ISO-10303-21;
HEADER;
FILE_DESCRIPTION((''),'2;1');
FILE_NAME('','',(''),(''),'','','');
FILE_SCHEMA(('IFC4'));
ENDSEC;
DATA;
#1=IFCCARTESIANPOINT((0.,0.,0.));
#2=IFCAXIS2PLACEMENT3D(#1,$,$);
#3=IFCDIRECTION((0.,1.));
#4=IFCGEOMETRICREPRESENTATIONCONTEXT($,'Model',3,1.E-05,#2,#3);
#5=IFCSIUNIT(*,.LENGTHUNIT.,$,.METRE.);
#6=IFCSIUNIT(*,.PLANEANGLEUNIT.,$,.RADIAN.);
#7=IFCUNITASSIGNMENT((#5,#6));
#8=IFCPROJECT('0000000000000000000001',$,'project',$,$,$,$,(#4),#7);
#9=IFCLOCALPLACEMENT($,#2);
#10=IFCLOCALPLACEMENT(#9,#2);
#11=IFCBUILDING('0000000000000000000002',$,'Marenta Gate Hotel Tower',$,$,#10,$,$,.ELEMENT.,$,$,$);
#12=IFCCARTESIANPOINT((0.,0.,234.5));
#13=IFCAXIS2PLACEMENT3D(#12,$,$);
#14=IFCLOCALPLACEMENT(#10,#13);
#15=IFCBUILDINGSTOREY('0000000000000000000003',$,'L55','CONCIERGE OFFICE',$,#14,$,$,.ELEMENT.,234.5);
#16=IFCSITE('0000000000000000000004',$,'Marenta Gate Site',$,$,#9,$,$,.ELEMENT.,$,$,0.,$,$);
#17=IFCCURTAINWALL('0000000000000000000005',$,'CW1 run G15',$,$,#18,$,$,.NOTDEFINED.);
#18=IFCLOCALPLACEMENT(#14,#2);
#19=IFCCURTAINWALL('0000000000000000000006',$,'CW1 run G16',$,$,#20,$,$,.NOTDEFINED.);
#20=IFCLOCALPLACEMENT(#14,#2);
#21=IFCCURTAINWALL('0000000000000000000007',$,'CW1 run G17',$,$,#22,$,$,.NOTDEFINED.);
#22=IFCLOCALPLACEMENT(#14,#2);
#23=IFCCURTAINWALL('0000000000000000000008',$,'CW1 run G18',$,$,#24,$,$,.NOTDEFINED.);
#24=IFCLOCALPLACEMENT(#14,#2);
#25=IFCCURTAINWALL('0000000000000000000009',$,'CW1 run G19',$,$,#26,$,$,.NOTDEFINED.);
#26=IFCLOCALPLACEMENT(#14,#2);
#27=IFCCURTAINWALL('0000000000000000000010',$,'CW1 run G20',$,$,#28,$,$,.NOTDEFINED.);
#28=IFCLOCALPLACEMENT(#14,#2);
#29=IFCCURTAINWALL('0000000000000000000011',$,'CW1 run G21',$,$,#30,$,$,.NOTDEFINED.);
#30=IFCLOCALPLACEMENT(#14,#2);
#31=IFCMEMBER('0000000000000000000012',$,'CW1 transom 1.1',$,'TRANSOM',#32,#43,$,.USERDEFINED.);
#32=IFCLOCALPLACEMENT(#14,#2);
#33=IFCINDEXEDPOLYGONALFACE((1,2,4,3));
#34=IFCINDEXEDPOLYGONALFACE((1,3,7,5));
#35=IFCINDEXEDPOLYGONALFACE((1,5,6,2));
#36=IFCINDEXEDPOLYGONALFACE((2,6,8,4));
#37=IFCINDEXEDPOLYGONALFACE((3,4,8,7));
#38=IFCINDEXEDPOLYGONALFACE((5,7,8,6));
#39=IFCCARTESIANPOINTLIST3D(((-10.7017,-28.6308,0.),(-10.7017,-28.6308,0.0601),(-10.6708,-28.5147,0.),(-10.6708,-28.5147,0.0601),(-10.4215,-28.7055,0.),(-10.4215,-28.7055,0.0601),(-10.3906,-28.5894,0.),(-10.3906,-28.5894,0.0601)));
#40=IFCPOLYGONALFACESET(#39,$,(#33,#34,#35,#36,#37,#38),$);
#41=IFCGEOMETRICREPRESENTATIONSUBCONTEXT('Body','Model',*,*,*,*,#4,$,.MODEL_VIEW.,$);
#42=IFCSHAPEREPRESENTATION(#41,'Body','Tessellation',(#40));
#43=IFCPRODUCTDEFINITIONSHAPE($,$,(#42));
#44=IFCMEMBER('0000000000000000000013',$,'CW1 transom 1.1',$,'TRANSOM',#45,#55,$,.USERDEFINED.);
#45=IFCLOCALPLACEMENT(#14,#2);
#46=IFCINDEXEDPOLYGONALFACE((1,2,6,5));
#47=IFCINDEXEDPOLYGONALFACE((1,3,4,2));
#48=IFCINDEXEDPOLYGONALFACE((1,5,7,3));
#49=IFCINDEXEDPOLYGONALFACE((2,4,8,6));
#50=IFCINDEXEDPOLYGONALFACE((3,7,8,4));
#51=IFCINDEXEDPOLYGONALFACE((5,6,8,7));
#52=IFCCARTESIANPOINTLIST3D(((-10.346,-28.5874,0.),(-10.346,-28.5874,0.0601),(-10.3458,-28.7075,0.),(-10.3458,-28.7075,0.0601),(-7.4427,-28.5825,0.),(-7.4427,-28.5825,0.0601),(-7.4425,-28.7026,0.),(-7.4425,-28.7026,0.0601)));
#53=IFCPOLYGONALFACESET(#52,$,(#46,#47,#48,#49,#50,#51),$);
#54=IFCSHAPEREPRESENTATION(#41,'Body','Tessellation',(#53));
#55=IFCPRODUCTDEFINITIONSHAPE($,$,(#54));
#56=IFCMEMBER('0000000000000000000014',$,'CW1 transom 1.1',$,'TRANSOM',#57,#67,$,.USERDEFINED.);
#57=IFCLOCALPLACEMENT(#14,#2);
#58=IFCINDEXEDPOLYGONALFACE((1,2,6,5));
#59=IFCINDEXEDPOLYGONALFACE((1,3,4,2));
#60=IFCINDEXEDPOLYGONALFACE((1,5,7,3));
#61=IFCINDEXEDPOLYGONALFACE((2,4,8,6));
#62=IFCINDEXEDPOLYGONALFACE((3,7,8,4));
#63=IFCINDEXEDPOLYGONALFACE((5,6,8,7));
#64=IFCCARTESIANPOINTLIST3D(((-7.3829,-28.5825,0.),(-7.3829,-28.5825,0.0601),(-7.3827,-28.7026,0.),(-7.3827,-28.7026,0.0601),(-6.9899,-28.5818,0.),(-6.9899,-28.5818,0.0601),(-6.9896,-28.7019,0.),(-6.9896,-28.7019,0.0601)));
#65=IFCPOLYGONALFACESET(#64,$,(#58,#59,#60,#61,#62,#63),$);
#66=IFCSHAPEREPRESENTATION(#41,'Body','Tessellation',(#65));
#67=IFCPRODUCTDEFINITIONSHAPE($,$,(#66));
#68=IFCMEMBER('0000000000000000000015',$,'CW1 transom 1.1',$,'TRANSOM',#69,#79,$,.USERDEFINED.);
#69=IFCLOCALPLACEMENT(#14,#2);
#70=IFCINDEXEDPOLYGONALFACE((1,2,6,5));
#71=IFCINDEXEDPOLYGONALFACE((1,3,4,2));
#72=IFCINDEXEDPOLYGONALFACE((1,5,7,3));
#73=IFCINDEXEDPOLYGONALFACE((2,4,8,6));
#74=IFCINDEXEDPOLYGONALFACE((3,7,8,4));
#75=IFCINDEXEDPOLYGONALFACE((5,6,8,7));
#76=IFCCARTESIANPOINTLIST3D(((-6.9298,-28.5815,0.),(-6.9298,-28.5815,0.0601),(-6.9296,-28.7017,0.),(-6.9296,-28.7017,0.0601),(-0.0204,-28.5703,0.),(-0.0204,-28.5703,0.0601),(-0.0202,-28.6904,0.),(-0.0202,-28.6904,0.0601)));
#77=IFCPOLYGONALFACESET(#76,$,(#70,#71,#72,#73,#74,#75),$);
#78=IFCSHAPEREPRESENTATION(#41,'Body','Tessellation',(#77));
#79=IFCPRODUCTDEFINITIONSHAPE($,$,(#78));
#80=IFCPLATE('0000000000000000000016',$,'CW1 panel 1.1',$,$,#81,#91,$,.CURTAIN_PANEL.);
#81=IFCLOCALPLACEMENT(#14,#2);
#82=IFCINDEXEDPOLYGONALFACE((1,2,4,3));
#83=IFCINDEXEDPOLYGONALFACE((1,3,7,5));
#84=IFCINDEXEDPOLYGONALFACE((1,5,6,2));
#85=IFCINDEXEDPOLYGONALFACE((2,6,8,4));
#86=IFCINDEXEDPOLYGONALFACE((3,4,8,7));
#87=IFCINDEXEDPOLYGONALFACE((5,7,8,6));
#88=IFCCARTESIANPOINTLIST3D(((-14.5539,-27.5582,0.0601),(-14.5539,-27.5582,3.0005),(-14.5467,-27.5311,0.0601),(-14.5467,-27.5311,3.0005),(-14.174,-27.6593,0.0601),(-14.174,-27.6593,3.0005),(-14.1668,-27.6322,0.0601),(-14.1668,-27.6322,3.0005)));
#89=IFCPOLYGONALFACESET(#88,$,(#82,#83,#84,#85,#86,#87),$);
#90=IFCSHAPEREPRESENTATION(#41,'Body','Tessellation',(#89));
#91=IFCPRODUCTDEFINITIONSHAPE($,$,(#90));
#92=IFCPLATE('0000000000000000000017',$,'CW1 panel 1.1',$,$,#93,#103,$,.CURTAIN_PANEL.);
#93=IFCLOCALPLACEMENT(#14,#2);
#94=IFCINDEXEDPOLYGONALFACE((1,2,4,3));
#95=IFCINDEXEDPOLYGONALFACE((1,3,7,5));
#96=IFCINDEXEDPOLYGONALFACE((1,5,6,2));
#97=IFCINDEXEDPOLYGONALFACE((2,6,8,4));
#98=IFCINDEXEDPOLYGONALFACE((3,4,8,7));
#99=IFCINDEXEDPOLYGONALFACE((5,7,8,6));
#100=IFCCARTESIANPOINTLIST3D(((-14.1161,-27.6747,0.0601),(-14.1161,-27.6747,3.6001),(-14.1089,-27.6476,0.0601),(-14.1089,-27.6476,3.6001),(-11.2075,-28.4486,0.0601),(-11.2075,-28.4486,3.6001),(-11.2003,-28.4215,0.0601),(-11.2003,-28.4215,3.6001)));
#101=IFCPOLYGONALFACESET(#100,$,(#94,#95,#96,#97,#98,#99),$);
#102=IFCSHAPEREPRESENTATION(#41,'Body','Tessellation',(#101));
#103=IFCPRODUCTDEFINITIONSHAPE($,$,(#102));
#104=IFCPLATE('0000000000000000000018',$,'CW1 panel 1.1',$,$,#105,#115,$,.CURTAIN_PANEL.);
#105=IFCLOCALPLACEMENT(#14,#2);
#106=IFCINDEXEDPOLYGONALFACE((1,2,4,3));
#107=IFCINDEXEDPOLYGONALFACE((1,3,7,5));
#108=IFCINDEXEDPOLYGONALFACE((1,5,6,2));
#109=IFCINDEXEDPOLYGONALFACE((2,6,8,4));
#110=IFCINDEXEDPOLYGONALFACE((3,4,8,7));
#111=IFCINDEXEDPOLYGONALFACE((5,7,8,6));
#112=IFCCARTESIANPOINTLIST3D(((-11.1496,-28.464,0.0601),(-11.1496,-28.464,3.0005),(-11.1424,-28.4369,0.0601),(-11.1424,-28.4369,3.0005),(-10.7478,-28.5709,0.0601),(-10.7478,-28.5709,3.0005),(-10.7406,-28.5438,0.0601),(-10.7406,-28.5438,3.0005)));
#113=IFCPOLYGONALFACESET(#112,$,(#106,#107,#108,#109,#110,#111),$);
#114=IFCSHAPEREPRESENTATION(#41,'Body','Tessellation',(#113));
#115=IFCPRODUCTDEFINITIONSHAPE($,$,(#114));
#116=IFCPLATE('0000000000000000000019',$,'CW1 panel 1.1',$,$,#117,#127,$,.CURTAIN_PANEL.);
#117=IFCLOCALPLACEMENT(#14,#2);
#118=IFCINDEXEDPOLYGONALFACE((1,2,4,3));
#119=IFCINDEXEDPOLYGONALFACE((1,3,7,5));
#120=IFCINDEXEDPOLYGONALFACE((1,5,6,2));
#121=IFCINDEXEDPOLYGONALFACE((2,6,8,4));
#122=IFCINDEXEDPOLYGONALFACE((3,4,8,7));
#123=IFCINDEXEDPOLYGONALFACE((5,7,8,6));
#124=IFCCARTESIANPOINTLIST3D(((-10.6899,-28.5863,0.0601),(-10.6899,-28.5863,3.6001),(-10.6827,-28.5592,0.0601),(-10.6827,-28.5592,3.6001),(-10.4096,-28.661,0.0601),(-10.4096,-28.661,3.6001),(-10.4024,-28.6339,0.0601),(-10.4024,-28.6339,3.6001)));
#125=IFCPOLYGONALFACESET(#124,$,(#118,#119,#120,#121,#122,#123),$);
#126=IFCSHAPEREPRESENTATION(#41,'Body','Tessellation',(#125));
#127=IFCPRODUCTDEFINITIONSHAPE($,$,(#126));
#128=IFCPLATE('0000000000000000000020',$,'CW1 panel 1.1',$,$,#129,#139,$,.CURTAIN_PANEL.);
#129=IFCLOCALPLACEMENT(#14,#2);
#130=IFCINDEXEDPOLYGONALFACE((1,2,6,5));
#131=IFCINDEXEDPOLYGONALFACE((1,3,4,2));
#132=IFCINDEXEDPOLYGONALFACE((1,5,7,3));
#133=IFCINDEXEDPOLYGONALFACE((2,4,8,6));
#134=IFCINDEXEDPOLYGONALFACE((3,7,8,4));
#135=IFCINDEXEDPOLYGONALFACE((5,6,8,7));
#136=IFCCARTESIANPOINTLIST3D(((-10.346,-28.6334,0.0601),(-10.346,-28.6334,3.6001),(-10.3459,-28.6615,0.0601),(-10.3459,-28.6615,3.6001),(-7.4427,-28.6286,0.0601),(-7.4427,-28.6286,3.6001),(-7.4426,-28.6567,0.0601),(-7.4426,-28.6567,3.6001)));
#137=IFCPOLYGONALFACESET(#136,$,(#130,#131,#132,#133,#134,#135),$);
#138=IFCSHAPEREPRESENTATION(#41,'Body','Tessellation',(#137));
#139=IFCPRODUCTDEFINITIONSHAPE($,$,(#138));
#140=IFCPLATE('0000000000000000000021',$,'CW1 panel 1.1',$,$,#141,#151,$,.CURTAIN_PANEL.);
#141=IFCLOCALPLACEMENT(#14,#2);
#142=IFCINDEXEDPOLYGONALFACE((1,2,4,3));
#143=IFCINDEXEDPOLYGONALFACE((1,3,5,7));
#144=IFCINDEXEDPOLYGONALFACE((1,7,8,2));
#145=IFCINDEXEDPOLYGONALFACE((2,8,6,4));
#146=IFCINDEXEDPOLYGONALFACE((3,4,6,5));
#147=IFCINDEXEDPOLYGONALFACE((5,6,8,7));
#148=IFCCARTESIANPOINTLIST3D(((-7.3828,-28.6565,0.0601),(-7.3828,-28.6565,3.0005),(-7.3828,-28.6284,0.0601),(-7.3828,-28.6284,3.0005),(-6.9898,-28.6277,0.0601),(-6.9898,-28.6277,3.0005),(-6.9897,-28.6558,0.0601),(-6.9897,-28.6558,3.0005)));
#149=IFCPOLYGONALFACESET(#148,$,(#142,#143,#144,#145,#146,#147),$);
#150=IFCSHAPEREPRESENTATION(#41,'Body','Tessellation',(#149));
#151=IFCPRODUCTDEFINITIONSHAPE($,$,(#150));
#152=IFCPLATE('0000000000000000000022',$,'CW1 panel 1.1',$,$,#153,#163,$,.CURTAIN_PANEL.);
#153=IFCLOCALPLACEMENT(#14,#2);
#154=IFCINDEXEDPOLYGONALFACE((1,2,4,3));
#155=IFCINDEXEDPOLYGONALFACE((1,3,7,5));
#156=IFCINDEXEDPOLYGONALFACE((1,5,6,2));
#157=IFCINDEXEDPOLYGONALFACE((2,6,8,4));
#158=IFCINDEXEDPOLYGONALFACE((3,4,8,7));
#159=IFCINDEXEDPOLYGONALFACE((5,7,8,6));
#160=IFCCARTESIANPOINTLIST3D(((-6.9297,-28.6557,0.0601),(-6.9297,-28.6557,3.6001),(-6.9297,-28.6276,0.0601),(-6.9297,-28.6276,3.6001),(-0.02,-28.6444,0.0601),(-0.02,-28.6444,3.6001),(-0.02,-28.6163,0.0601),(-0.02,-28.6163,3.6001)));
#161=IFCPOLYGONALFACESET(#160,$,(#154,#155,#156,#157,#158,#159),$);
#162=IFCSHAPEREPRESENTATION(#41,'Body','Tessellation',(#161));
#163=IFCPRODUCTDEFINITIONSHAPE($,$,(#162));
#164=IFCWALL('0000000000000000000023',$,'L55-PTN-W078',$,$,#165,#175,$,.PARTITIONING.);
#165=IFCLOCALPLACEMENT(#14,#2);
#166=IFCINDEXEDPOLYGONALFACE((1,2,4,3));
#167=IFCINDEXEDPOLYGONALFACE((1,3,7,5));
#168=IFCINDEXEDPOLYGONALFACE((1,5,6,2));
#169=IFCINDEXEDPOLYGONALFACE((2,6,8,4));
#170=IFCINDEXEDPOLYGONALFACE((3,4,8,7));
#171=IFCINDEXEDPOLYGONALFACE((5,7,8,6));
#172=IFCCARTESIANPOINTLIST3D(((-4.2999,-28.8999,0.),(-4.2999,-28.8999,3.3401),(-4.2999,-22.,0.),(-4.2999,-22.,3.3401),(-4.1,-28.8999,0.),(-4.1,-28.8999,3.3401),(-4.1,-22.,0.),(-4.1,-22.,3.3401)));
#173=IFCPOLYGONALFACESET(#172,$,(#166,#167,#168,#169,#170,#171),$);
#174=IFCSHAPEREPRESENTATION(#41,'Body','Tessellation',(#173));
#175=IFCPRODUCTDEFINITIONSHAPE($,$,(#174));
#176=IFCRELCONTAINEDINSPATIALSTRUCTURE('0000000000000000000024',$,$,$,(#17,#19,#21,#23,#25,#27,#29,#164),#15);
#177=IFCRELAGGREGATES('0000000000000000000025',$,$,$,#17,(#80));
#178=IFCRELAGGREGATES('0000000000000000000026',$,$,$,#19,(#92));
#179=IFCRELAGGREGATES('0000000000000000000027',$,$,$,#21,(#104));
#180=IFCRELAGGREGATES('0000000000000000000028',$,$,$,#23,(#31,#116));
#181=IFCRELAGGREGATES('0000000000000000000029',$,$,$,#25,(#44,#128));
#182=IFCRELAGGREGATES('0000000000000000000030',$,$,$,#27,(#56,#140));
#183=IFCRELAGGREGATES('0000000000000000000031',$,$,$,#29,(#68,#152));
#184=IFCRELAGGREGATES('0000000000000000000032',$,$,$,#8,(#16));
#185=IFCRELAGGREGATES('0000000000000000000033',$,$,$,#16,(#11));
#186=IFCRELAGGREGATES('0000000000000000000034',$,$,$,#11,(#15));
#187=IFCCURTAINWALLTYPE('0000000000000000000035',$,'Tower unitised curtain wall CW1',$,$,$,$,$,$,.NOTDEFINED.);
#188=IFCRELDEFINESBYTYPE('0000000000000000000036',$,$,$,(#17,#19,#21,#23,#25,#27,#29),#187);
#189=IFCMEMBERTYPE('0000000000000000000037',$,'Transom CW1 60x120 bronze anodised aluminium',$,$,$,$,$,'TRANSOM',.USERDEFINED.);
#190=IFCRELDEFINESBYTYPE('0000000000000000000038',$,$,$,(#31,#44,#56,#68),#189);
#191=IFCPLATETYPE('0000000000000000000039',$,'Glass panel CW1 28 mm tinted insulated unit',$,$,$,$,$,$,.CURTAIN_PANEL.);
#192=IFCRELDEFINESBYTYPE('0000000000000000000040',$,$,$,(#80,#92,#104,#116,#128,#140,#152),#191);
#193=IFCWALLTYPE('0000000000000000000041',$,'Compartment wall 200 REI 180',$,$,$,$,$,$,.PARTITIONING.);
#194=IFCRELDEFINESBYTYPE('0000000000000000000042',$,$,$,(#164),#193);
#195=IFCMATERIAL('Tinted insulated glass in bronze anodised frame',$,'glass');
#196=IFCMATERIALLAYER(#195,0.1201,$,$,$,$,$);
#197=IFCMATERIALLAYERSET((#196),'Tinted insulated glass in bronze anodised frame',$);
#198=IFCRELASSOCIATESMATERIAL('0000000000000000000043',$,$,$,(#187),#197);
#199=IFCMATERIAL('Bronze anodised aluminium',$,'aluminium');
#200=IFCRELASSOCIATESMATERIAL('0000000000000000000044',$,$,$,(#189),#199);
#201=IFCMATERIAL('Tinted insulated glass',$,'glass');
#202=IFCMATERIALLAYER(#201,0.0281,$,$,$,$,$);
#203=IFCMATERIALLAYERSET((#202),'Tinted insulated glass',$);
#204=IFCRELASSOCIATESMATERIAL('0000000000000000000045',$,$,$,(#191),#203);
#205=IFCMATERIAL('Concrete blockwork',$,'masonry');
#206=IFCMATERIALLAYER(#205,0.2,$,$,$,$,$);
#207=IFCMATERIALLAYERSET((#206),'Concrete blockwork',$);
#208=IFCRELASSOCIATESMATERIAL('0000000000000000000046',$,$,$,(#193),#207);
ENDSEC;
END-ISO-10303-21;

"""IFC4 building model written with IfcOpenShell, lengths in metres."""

from ifc_helpers import new_model, si_unit, direction, frame, frame_2d, origin, origin_2d, place, context, subcontext, project, spatial, rectangle, extrude, material, layer, layer_set, material_profile, profile_set, type_object, element, aggregate, save


model = new_model("IFC4")

# Units and contexts
model_context = context("Model", 3, precision=1e-05, world=origin(), true_north=direction((0.0, 1.0)))
body_context = subcontext(model_context, "Body", "Model", "MODEL_VIEW")
ifc_project = project(units=[si_unit("LENGTHUNIT", "METRE"), si_unit("PLANEANGLEUNIT", "RADIAN")], contexts=[model_context])

# Site, building, storey
site_placement = place(None, origin())
site = spatial("IfcSite", under=ifc_project, at=site_placement, Name="Marenta Gate Site", CompositionType="ELEMENT", RefElevation=0.0)
building_placement = place(site_placement, origin())
building = spatial("IfcBuilding", under=site, at=building_placement, Name="Marenta Gate Hotel Tower", CompositionType="ELEMENT")
storey_placement = place(building_placement, frame((0.0, 0.0, 234.5)))
storey = spatial("IfcBuildingStorey", under=building, at=storey_placement, Name="L55", Description="CONCIERGE OFFICE", CompositionType="ELEMENT", Elevation=234.5)

# Curtain walls
ifc_material_1 = material(Name="Tinted insulated glass in bronze anodised frame", Category="glass")
ifc_layer_1 = layer(ifc_material_1, 0.1201)
ifc_layer_set_1 = layer_set([ifc_layer_1], Name="Tinted insulated glass in bronze anodised frame")
curtain_wall_type = type_object("IfcCurtainWallType", Name="Tower unitised curtain wall CW1", PredefinedType="NOTDEFINED", material=ifc_layer_set_1)
curtain_wall_1_placement = place(storey_placement, origin())
curtain_wall_1 = element("IfcCurtainWall", 1, at=curtain_wall_1_placement, inside=storey, type_object=curtain_wall_type, Name="CW1 run G15", PredefinedType="NOTDEFINED")
curtain_wall_2_placement = place(storey_placement, origin())
curtain_wall_2 = element("IfcCurtainWall", 2, at=curtain_wall_2_placement, inside=storey, type_object=curtain_wall_type, Name="CW1 run G16", PredefinedType="NOTDEFINED")
curtain_wall_3_placement = place(storey_placement, origin())
curtain_wall_3 = element("IfcCurtainWall", 3, at=curtain_wall_3_placement, inside=storey, type_object=curtain_wall_type, Name="CW1 run G17", PredefinedType="NOTDEFINED")
curtain_wall_4_placement = place(storey_placement, origin())
curtain_wall_4 = element("IfcCurtainWall", 4, at=curtain_wall_4_placement, inside=storey, type_object=curtain_wall_type, Name="CW1 run G18", PredefinedType="NOTDEFINED")
curtain_wall_5_placement = place(storey_placement, origin())
curtain_wall_5 = element("IfcCurtainWall", 5, at=curtain_wall_5_placement, inside=storey, type_object=curtain_wall_type, Name="CW1 run G19", PredefinedType="NOTDEFINED")
curtain_wall_6_placement = place(storey_placement, origin())
curtain_wall_6 = element("IfcCurtainWall", 6, at=curtain_wall_6_placement, inside=storey, type_object=curtain_wall_type, Name="CW1 run G20", PredefinedType="NOTDEFINED")
curtain_wall_7_placement = place(storey_placement, origin())
curtain_wall_7 = element("IfcCurtainWall", 7, at=curtain_wall_7_placement, inside=storey, type_object=curtain_wall_type, Name="CW1 run G21", PredefinedType="NOTDEFINED")

# Members
ifc_material_2 = material(Name="Bronze anodised aluminium", Category="aluminium")
ifc_material_profile_1 = material_profile(ifc_material_2, rectangle(XDim=0.1201, YDim=0.0601, at=origin_2d()), Name="Transom CW1 60x120 bronze anodised aluminium")
ifc_profile_set_1 = profile_set([ifc_material_profile_1], Name="Bronze anodised aluminium")
member_type_1 = type_object("IfcMemberType", Name="Transom CW1 60x120 bronze anodised aluminium", ElementType="TRANSOM", PredefinedType="USERDEFINED", material=ifc_profile_set_1)
member_1_placement = place(storey_placement, frame((-10.6863, -28.5728, 0.03), z_axis=(0.966263, -0.257558, 0.0), x_axis=(0.257558, 0.966263, 0.0)))
member_1 = element("IfcMember", 8, at=member_1_placement, type_object=member_type_1, Name="CW1 transom 1.1", ObjectType="TRANSOM", PredefinedType="USERDEFINED", context=body_context, shape_type="SweptSolid", body=[
    extrude(rectangle(XDim=0.1201, YDim=0.0601, at=origin_2d()), origin(), (0.0, 0.0, 1.0), 0.29),
])
member_2_placement = place(storey_placement, frame((-10.3459, -28.6475, 0.03), z_axis=(0.999999, 0.001682, 0.0), x_axis=(-0.001682, 0.999999, 0.0)))
member_2 = element("IfcMember", 9, at=member_2_placement, type_object=member_type_1, Name="CW1 transom 1.1", ObjectType="TRANSOM", PredefinedType="USERDEFINED", context=body_context, shape_type="SweptSolid", body=[
    extrude(rectangle(XDim=0.1201, YDim=0.0601, at=origin_2d()), origin(), (0.0, 0.0, 1.0), 2.9033),
])
member_3_placement = place(storey_placement, frame((-7.3828, -28.6426, 0.03), z_axis=(0.999998, 0.001863, 0.0), x_axis=(-0.001863, 0.999998, 0.0)))
member_3 = element("IfcMember", 10, at=member_3_placement, type_object=member_type_1, Name="CW1 transom 1.1", ObjectType="TRANSOM", PredefinedType="USERDEFINED", context=body_context, shape_type="SweptSolid", body=[
    extrude(rectangle(XDim=0.1201, YDim=0.0601, at=origin_2d()), origin(), (0.0, 0.0, 1.0), 0.3931),
])
member_4_placement = place(storey_placement, frame((-6.9297, -28.6416, 0.03), z_axis=(0.999999, 0.001625, 0.0), x_axis=(-0.001625, 0.999999, 0.0)))
member_4 = element("IfcMember", 11, at=member_4_placement, type_object=member_type_1, Name="CW1 transom 1.1", ObjectType="TRANSOM", PredefinedType="USERDEFINED", context=body_context, shape_type="SweptSolid", body=[
    extrude(rectangle(XDim=0.1201, YDim=0.0601, at=origin_2d()), origin(), (0.0, 0.0, 1.0), 6.9094),
])

# Plates
ifc_material_3 = material(Name="Tinted insulated glass", Category="glass")
ifc_layer_2 = layer(ifc_material_3, 0.0281)
ifc_layer_set_2 = layer_set([ifc_layer_2], Name="Tinted insulated glass")
plate_type = type_object("IfcPlateType", Name="Glass panel CW1 28 mm tinted insulated unit", PredefinedType="CURTAIN_PANEL", material=ifc_layer_set_2)
plate_1_placement = place(storey_placement, frame((-14.3604, -27.5952, 0.0601), z_axis=(0.0, 0.0, 1.0), x_axis=(0.96637, -0.257154, 0.0)))
plate_1 = element("IfcPlate", 12, at=plate_1_placement, type_object=plate_type, Name="CW1 panel 1.1", PredefinedType="CURTAIN_PANEL", context=body_context, shape_type="SweptSolid", body=[
    extrude(rectangle(XDim=0.3931, YDim=0.0281, at=origin_2d()), origin(), (0.0, 0.0, 1.0), 2.9404),
])
aggregate(curtain_wall_1, [plate_1])
plate_2_placement = place(storey_placement, frame((-12.6582, -28.0481, 0.0601), z_axis=(0.0, 0.0, 1.0), x_axis=(0.96638, -0.257117, 0.0)))
plate_2 = element("IfcPlate", 13, at=plate_2_placement, type_object=plate_type, Name="CW1 panel 1.1", PredefinedType="CURTAIN_PANEL", context=body_context, shape_type="SweptSolid", body=[
    extrude(rectangle(XDim=3.0098, YDim=0.0281, at=origin_2d()), origin(), (0.0, 0.0, 1.0), 3.54),
])
aggregate(curtain_wall_2, [plate_2])
plate_3_placement = place(storey_placement, frame((-10.9451, -28.5039, 0.0601), z_axis=(0.0, 0.0, 1.0), x_axis=(0.966385, -0.2571, 0.0)))
plate_3 = element("IfcPlate", 14, at=plate_3_placement, type_object=plate_type, Name="CW1 panel 1.1", PredefinedType="CURTAIN_PANEL", context=body_context, shape_type="SweptSolid", body=[
    extrude(rectangle(XDim=0.4158, YDim=0.0281, at=origin_2d()), origin(), (0.0, 0.0, 1.0), 2.9404),
])
aggregate(curtain_wall_3, [plate_3])
plate_4_placement = place(storey_placement, frame((-10.5461, -28.6101, 0.0601), z_axis=(0.0, 0.0, 1.0), x_axis=(0.966297, -0.257431, 0.0)))
plate_4 = element("IfcPlate", 15, at=plate_4_placement, type_object=plate_type, Name="CW1 panel 1.1", PredefinedType="CURTAIN_PANEL", context=body_context, shape_type="SweptSolid", body=[
    extrude(rectangle(XDim=0.29, YDim=0.0281, at=origin_2d()), origin(), (0.0, 0.0, 1.0), 3.54),
])
aggregate(curtain_wall_4, [member_1, plate_4])
plate_5_placement = place(storey_placement, frame((-8.8943, -28.645, 0.0601), z_axis=(0.0, 0.0, 1.0), x_axis=(0.999999, 0.001654, 0.0)))
plate_5 = element("IfcPlate", 16, at=plate_5_placement, type_object=plate_type, Name="CW1 panel 1.1", PredefinedType="CURTAIN_PANEL", context=body_context, shape_type="SweptSolid", body=[
    extrude(rectangle(XDim=2.9033, YDim=0.0281, at=origin_2d()), origin(), (0.0, 0.0, 1.0), 3.54),
])
aggregate(curtain_wall_5, [member_2, plate_5])
plate_6_placement = place(storey_placement, frame((-7.1863, -28.6421, 0.0601), z_axis=(0.0, 0.0, 1.0), x_axis=(0.999998, 0.001766, 0.0)))
plate_6 = element("IfcPlate", 17, at=plate_6_placement, type_object=plate_type, Name="CW1 panel 1.1", PredefinedType="CURTAIN_PANEL", context=body_context, shape_type="SweptSolid", body=[
    extrude(rectangle(XDim=0.3931, YDim=0.0281, at=origin_2d()), origin(), (0.0, 0.0, 1.0), 2.9404),
])
aggregate(curtain_wall_6, [member_3, plate_6])
plate_7_placement = place(storey_placement, frame((-3.4749, -28.636, 0.0601), z_axis=(0.0, 0.0, 1.0), x_axis=(0.999999, 0.001636, 0.0)))
plate_7 = element("IfcPlate", 18, at=plate_7_placement, type_object=plate_type, Name="CW1 panel 1.1", PredefinedType="CURTAIN_PANEL", context=body_context, shape_type="SweptSolid", body=[
    extrude(rectangle(XDim=6.9097, YDim=0.0281, at=origin_2d()), origin(), (0.0, 0.0, 1.0), 3.54),
])
aggregate(curtain_wall_7, [member_4, plate_7])

# Wall
ifc_material_4 = material(Name="Concrete blockwork", Category="masonry")
ifc_layer_3 = layer(ifc_material_4, 0.2)
ifc_layer_set_3 = layer_set([ifc_layer_3], Name="Concrete blockwork")
wall_type_1 = type_object("IfcWallType", Name="Compartment wall 200 REI 180", PredefinedType="PARTITIONING", material=ifc_layer_set_3)
wall_1_placement = place(storey_placement, frame((-4.2, -28.8999, 0.0), z_axis=(0.0, 0.0, 1.0), x_axis=(0.0, 1.0, 0.0)))
element("IfcWall", 19, at=wall_1_placement, inside=storey, type_object=wall_type_1, Name="L55-PTN-W078", PredefinedType="PARTITIONING", context=body_context, shape_type="SweptSolid", body=[
    extrude(rectangle(XDim=6.8999, YDim=0.2, at=frame_2d((3.45, 0.0))), origin(), (0.0, 0.0, 1.0), 3.3401),
])

save(model, "model.ifc")
